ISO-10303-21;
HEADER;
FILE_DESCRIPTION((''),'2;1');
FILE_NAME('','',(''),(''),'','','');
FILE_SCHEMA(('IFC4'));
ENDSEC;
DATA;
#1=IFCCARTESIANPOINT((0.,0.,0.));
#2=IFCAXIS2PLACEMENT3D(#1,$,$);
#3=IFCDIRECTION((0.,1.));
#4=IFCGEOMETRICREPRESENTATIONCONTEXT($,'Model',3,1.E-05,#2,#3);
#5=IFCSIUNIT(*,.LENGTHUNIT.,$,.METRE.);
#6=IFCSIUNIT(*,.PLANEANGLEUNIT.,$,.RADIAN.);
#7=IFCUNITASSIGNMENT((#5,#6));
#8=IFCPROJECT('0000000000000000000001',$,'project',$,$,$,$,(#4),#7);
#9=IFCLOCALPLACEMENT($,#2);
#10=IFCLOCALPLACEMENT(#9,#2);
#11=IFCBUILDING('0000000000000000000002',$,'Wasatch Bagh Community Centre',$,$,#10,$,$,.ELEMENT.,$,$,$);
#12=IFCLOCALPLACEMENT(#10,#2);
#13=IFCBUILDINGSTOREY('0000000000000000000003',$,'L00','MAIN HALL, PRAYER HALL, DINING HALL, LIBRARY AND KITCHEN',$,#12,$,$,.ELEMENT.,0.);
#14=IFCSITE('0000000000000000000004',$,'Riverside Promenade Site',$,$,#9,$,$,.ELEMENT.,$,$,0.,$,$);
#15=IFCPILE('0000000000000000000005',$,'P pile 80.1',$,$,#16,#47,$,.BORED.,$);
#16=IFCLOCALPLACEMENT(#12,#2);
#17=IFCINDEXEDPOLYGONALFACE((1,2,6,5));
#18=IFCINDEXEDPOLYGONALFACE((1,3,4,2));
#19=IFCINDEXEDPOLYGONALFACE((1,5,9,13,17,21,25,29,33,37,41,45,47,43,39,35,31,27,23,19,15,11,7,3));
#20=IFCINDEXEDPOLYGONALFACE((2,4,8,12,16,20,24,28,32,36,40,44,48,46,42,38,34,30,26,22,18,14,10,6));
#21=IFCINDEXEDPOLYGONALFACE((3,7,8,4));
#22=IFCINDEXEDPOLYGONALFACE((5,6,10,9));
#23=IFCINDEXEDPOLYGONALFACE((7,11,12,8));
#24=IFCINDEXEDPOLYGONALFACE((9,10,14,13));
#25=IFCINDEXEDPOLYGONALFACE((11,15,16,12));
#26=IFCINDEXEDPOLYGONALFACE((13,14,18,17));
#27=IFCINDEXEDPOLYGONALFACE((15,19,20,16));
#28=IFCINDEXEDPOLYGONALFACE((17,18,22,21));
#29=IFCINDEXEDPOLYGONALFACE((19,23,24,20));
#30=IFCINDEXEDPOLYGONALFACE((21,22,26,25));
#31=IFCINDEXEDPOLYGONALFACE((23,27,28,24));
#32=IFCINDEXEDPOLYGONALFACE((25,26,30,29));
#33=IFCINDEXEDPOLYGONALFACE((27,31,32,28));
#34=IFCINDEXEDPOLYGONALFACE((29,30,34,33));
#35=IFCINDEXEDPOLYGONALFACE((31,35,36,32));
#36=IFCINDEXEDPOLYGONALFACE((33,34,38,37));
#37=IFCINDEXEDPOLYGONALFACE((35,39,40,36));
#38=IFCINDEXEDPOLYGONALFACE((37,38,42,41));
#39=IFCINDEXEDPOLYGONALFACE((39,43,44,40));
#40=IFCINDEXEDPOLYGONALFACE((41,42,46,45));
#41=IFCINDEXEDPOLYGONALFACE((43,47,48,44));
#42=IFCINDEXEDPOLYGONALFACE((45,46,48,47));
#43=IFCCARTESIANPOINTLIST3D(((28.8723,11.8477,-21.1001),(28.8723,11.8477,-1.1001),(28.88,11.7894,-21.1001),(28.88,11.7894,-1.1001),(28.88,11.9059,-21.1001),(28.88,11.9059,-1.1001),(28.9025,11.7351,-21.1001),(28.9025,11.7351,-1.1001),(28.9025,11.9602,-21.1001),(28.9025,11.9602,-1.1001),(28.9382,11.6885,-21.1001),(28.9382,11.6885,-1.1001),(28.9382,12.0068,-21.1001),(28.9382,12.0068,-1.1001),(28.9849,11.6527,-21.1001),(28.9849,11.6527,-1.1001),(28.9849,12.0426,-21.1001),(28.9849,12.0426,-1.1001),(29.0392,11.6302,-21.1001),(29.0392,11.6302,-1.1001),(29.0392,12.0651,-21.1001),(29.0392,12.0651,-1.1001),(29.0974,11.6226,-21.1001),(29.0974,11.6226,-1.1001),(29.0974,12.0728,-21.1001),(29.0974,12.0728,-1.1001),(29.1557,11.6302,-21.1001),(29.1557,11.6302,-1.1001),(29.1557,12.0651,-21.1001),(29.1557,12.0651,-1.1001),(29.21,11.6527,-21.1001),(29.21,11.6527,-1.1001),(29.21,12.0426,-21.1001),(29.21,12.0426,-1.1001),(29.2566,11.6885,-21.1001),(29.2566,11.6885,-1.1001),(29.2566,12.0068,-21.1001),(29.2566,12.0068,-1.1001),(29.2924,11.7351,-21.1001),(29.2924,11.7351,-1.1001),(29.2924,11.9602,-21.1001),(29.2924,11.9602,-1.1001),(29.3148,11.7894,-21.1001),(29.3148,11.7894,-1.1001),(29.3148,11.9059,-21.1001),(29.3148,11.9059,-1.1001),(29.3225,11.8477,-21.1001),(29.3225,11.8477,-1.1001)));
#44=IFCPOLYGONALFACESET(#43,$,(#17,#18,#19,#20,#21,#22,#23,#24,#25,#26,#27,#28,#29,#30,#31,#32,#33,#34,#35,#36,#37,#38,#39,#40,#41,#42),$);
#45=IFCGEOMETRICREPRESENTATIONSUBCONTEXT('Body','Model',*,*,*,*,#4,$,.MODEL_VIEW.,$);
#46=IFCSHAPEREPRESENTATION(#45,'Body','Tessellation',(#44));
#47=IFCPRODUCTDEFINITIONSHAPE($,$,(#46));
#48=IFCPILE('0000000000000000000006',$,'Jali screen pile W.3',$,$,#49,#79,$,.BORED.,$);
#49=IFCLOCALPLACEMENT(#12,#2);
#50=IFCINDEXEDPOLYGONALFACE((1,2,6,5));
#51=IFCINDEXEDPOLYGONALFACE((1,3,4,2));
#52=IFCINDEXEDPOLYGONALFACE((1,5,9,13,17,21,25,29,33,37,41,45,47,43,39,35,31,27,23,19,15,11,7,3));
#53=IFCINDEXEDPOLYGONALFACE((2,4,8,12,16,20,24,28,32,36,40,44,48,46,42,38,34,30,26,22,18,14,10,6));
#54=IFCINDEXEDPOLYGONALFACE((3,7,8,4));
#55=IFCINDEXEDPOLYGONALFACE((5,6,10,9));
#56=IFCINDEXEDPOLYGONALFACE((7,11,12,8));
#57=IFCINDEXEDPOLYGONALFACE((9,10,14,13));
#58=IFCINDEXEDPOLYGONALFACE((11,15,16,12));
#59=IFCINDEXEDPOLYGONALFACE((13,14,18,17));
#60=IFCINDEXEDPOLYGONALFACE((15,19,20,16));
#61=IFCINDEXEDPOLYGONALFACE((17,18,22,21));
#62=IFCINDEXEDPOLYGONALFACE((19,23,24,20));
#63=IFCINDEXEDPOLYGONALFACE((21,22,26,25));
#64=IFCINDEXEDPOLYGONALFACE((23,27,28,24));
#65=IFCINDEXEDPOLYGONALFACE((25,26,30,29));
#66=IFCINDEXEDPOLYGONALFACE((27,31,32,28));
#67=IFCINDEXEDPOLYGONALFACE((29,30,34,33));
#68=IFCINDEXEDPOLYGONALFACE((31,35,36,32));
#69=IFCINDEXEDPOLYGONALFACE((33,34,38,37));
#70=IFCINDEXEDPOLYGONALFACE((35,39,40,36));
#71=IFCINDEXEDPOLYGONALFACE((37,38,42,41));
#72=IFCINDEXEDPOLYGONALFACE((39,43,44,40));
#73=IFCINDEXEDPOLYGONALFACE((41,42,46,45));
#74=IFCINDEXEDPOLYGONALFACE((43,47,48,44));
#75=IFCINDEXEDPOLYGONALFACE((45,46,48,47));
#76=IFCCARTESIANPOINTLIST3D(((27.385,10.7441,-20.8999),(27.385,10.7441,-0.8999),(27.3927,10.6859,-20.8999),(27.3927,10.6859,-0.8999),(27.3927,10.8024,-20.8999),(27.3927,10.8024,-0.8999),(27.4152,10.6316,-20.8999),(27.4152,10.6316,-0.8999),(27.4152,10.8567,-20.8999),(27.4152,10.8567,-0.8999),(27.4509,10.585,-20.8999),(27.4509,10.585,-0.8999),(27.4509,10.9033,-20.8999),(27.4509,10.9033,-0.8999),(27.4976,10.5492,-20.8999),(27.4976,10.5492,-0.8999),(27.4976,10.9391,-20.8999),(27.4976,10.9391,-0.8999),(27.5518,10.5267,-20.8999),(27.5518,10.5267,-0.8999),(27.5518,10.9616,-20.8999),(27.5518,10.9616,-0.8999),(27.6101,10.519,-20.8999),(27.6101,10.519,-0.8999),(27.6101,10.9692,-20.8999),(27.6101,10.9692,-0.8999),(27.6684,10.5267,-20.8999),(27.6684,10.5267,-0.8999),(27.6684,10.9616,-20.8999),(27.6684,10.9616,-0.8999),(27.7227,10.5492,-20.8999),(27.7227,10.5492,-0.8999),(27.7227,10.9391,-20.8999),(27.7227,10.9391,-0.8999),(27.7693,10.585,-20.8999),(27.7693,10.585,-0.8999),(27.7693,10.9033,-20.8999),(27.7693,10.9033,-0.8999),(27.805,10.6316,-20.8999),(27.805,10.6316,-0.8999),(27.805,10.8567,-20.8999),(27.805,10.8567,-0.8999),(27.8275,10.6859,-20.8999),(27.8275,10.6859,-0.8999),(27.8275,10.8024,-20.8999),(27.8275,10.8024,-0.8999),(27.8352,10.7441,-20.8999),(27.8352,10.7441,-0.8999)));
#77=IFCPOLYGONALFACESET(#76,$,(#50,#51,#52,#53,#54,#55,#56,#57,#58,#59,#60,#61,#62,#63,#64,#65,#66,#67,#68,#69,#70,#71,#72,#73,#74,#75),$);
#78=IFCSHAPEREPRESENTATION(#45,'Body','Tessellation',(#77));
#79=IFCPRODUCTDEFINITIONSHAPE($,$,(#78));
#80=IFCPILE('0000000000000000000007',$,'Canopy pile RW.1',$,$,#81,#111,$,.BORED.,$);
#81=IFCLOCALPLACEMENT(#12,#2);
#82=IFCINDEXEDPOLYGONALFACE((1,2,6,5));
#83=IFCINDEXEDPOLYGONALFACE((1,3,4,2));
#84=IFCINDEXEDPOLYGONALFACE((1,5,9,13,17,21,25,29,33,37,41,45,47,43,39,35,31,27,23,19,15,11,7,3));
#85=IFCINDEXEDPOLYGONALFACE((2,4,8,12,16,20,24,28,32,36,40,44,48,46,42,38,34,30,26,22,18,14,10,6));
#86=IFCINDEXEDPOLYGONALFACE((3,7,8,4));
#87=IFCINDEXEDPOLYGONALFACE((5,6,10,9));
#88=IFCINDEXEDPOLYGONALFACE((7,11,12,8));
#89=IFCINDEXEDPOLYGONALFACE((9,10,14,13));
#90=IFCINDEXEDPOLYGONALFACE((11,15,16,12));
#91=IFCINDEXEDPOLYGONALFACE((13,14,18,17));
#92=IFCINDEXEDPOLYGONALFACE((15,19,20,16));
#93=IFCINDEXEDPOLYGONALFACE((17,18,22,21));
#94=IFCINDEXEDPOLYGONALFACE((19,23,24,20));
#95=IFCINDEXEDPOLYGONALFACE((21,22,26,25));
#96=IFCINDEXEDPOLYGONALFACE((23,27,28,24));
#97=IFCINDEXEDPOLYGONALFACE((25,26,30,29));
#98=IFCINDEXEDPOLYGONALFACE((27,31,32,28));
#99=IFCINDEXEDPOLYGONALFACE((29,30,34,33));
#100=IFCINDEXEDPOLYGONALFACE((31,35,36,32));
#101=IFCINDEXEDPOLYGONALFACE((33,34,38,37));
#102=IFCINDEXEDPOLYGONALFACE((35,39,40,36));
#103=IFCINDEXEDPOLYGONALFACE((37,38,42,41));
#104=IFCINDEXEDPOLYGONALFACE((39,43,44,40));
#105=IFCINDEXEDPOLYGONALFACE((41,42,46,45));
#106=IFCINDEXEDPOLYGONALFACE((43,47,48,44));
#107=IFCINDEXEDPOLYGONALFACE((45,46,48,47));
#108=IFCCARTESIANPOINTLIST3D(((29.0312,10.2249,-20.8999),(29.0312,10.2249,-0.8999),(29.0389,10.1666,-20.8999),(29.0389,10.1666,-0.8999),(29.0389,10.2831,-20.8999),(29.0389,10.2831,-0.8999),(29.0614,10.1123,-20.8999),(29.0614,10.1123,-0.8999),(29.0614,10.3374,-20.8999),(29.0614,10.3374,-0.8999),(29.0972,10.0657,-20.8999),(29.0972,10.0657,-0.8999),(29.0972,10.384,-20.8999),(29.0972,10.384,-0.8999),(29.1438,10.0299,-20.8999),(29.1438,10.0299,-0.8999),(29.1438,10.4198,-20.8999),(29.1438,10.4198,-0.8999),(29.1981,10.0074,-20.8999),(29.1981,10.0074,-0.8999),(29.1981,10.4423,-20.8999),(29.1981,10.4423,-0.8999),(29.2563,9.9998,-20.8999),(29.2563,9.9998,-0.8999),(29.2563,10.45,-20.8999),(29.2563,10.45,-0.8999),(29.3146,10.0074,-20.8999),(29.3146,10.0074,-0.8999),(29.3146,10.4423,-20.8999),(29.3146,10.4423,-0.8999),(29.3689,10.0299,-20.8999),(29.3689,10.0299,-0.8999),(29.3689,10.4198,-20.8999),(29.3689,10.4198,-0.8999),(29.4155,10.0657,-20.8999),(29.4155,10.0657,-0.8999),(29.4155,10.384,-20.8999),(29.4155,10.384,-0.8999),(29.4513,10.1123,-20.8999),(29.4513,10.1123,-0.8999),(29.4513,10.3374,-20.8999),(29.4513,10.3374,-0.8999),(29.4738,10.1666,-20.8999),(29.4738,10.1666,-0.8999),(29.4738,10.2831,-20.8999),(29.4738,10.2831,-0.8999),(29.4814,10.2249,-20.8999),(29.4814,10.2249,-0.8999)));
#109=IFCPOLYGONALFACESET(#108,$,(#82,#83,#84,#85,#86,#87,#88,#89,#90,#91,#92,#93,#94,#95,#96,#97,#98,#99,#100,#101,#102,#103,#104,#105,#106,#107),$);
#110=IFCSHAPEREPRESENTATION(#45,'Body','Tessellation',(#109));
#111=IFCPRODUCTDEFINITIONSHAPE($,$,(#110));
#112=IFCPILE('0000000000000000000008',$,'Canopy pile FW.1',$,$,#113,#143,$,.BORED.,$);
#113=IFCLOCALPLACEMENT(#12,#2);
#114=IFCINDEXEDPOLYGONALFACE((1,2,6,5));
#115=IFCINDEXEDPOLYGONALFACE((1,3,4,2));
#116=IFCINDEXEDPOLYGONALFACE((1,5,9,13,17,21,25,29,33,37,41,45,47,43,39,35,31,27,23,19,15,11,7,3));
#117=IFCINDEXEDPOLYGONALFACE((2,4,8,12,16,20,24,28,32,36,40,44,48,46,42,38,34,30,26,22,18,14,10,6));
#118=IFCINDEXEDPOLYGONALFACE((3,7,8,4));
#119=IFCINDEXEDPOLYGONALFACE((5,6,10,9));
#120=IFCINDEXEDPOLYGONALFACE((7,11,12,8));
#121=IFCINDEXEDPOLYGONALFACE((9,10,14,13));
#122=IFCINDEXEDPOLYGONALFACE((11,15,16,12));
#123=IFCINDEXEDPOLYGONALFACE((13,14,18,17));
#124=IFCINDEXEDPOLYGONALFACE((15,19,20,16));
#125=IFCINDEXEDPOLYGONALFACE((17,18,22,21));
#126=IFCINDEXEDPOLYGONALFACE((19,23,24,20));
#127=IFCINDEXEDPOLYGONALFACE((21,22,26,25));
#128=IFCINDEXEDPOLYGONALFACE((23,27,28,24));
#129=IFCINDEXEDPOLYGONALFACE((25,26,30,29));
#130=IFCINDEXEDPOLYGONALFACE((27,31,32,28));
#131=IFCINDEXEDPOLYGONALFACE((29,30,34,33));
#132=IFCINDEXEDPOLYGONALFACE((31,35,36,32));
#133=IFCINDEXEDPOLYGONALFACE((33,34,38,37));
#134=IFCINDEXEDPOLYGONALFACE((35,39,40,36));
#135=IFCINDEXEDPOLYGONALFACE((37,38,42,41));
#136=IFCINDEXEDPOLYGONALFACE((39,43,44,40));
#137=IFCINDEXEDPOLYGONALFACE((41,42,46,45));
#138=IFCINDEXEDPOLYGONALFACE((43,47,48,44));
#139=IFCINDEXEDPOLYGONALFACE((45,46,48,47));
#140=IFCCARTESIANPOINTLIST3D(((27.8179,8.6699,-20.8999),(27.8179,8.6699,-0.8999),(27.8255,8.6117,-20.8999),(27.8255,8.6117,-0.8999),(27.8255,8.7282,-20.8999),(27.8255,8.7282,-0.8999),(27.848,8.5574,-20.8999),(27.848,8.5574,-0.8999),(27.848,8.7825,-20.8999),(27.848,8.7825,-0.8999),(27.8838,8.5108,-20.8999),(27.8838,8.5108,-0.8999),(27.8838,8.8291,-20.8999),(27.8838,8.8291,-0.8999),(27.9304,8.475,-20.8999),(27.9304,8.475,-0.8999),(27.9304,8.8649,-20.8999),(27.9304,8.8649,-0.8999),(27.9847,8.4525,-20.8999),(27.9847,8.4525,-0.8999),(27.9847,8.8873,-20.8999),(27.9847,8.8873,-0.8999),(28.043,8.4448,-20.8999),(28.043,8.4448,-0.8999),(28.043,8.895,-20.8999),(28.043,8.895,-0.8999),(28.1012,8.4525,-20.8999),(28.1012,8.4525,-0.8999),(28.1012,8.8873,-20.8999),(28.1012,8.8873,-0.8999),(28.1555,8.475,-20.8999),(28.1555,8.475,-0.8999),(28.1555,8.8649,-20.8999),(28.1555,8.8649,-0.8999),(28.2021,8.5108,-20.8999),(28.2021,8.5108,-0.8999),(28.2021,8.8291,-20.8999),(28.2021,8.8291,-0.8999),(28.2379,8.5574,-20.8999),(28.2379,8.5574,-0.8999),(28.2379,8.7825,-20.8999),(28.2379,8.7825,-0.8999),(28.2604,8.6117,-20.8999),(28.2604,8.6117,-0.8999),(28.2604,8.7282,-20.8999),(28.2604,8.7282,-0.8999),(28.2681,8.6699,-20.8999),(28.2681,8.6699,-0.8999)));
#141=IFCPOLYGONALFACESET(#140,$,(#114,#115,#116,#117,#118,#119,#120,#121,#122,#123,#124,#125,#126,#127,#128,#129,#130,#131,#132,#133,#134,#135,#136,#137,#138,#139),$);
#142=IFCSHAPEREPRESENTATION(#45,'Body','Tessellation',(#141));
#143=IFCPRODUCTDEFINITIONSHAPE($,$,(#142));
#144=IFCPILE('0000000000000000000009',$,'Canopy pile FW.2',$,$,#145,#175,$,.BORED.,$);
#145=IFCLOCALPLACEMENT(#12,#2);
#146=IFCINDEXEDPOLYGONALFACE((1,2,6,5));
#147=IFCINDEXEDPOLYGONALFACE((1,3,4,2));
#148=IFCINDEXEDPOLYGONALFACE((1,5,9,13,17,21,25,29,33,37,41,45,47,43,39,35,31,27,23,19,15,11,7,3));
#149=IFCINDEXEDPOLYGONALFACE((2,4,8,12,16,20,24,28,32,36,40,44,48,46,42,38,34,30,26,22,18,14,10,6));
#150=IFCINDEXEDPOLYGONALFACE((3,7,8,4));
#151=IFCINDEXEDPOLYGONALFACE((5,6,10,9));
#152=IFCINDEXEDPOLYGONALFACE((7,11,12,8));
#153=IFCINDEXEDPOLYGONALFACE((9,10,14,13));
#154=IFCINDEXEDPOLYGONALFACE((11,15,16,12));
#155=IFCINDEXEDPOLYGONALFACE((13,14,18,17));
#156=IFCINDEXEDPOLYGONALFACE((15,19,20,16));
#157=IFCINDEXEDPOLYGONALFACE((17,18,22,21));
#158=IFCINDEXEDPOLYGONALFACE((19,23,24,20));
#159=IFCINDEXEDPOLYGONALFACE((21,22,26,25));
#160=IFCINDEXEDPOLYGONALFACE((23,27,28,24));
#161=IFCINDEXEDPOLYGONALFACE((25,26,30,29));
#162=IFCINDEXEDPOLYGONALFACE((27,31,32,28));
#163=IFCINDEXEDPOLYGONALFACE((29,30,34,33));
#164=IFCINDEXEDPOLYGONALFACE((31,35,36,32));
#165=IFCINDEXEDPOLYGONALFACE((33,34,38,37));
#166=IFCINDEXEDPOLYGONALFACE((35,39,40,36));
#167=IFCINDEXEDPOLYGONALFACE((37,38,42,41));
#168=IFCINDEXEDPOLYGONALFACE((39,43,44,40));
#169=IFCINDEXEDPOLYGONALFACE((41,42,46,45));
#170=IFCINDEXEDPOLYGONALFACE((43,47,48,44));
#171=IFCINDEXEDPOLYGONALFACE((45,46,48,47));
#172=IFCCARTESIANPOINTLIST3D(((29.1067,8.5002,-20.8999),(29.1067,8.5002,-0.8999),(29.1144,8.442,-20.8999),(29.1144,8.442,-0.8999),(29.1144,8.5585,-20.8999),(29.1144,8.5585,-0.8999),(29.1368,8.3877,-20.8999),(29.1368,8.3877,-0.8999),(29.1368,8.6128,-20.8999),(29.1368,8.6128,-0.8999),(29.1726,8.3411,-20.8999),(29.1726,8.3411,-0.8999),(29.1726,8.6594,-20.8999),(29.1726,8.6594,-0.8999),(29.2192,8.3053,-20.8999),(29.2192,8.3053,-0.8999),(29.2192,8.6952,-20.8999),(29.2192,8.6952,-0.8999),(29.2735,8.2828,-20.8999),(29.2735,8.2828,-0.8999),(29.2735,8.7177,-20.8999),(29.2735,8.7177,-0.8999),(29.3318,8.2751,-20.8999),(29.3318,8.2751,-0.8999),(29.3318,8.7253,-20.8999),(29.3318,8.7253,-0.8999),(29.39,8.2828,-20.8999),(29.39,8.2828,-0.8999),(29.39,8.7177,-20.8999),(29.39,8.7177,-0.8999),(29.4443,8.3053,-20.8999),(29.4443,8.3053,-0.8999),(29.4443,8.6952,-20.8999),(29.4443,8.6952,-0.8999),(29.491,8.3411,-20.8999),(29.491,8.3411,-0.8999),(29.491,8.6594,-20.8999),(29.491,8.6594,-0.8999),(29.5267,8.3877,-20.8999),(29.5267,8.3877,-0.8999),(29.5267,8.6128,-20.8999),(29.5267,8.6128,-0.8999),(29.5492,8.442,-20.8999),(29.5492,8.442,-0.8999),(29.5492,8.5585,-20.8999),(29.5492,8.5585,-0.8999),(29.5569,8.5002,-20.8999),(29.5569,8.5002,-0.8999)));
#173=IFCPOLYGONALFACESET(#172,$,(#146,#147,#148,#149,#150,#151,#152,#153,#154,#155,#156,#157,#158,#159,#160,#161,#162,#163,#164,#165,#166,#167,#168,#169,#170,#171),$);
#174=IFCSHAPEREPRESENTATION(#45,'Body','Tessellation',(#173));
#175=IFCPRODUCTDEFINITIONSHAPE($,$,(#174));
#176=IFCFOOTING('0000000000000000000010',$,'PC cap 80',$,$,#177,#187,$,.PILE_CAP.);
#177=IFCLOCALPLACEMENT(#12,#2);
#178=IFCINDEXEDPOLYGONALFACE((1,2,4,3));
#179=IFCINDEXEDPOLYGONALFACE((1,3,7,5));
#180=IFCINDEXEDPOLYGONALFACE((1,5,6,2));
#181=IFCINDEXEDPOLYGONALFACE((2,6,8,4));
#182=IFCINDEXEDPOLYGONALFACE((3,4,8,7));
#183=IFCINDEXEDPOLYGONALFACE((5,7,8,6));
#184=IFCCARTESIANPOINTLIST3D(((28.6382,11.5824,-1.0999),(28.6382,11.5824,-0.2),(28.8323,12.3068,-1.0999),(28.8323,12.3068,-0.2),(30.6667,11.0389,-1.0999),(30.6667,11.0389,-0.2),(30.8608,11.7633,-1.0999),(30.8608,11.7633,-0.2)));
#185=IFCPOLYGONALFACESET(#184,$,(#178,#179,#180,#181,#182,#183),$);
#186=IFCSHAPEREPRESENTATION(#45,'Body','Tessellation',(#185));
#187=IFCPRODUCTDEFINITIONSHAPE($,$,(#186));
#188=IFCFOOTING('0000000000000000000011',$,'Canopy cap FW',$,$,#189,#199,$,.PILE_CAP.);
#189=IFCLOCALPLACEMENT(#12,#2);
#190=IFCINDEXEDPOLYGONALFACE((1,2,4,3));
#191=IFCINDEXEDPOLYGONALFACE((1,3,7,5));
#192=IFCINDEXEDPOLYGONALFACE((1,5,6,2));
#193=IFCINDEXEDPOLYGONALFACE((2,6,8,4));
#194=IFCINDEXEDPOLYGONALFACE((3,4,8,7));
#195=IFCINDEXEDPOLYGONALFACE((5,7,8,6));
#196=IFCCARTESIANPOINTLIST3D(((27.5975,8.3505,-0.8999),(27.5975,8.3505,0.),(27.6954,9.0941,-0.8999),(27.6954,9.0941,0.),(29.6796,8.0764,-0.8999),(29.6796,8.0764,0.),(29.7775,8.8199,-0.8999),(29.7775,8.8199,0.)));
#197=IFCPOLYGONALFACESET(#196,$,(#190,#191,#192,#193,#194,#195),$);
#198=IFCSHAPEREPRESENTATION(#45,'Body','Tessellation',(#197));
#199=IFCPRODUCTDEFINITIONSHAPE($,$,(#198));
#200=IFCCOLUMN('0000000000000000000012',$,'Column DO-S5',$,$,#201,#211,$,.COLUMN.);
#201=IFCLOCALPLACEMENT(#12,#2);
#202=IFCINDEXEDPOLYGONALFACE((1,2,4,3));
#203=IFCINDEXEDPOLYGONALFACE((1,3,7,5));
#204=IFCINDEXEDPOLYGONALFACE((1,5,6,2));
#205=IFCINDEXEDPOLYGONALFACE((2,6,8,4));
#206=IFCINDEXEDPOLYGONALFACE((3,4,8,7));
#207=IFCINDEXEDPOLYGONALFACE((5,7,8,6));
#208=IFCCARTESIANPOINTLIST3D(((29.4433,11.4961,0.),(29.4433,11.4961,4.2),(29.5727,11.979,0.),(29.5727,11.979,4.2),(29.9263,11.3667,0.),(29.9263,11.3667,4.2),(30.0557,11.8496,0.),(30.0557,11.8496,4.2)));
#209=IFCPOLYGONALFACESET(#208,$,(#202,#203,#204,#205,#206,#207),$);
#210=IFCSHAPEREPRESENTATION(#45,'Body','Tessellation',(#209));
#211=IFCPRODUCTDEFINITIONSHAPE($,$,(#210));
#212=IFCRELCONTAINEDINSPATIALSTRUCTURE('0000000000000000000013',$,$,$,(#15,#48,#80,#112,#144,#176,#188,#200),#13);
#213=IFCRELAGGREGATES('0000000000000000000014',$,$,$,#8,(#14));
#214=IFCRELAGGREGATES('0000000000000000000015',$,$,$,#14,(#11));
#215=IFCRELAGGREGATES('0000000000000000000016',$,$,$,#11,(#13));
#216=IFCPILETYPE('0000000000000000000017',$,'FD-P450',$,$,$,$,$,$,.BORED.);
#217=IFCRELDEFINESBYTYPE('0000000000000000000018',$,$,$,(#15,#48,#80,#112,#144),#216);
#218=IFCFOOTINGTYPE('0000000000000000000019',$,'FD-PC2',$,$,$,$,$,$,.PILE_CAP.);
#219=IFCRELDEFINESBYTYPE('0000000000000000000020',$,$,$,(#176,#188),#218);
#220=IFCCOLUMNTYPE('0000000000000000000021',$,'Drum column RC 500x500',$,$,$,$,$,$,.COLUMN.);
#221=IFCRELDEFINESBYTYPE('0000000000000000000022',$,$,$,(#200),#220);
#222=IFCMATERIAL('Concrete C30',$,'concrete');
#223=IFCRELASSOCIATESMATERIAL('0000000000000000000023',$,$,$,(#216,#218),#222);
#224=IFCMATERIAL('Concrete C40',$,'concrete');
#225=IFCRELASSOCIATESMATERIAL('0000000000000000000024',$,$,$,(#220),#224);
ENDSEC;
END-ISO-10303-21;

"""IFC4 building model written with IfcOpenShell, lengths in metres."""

from ifc_helpers import new_model, si_unit, direction, frame, origin, origin_2d, place, context, subcontext, project, spatial, rectangle, circle, extrude, material, material_profile, profile_set, type_object, element, save


model = new_model("IFC4")

# Units and contexts
model_context = context("Model", 3, precision=1e-05, world=origin(), true_north=direction((0.0, 1.0)))
body_context = subcontext(model_context, "Body", "Model", "MODEL_VIEW")
ifc_project = project(units=[si_unit("LENGTHUNIT", "METRE"), si_unit("PLANEANGLEUNIT", "RADIAN")], contexts=[model_context])

# Site, building, storey
site_placement = place(None, origin())
site = spatial("IfcSite", under=ifc_project, at=site_placement, Name="Riverside Promenade Site", CompositionType="ELEMENT", RefElevation=0.0)
building_placement = place(site_placement, origin())
building = spatial("IfcBuilding", under=site, at=building_placement, Name="Wasatch Bagh Community Centre", CompositionType="ELEMENT")
storey_placement = place(building_placement, origin())
storey = spatial("IfcBuildingStorey", under=building, at=storey_placement, Name="L00", Description="MAIN HALL, PRAYER HALL, DINING HALL, LIBRARY AND KITCHEN", CompositionType="ELEMENT", Elevation=0.0)

# Piles
ifc_material_1 = material(Name="Concrete C30", Category="concrete")
ifc_material_profile_1 = material_profile(ifc_material_1, circle(Radius=0.2251, at=origin_2d()), Name="RC D450")
ifc_profile_set_1 = profile_set([ifc_material_profile_1], Name="Concrete C30")
pile_type = type_object("IfcPileType", Name="FD-P450", PredefinedType="BORED", material=ifc_profile_set_1)
for number, where, z_axis, x_axis, name in (
    (1, (29.0974, 11.8477, -1.1001), (0.0, 0.0, -1.0), (1.0, 0.0, 0.0), "P pile 80.1"),
    (2, (27.6101, 10.7441, -0.8999), (0.0, 0.0, -1.0), (1.0, 0.0, 0.0), "Jali screen pile W.3"),
    (3, (29.2563, 10.2249, -0.8999), (0.0, 0.0, -1.0), (1.0, 0.0, 0.0), "Canopy pile RW.1"),
    (4, (28.043, 8.6699, -0.8999), (0.0, 0.0, -1.0), (1.0, 0.0, 0.0), "Canopy pile FW.1"),
    (5, (29.3318, 8.5002, -0.8999), (0.0, 0.0, -1.0), (1.0, 0.0, 0.0), "Canopy pile FW.2"),
):
    element("IfcPile", number, at=place(storey_placement, frame(where, z_axis=z_axis, x_axis=x_axis)), inside=storey, type_object=pile_type, Name=name, PredefinedType="BORED", context=body_context, shape_type="SweptSolid", body=[
        extrude(circle(Radius=0.2251, at=origin_2d()), origin(), (0.0, 0.0, 1.0), 20.0),
    ])

# Footings
footing_type = type_object("IfcFootingType", Name="FD-PC2", PredefinedType="PILE_CAP", material=ifc_material_1)
for number, where, z_axis, x_axis, name in (
    (6, (29.7495, 11.6729, -1.0999), (0.0, 0.0, 1.0), (0.965926, -0.258819, 0.0), "PC cap 80"),
    (7, (28.6875, 8.5852, -0.8999), (0.0, 0.0, 1.0), (0.991445, -0.130526, 0.0), "Canopy cap FW"),
):
    element("IfcFooting", number, at=place(storey_placement, frame(where, z_axis=z_axis, x_axis=x_axis)), inside=storey, type_object=footing_type, Name=name, PredefinedType="PILE_CAP", context=body_context, shape_type="SweptSolid", body=[
        extrude(rectangle(XDim=2.1001, YDim=0.75, at=origin_2d()), origin(), (0.0, 0.0, 1.0), 0.8999),
    ])

# Column
ifc_material_2 = material(Name="Concrete C40", Category="concrete")
ifc_material_profile_2 = material_profile(ifc_material_2, rectangle(XDim=0.5, YDim=0.5, at=origin_2d()), Name="RC 500x500")
ifc_profile_set_2 = profile_set([ifc_material_profile_2], Name="Concrete C40")
column_type_1 = type_object("IfcColumnType", Name="Drum column RC 500x500", PredefinedType="COLUMN", material=ifc_profile_set_2)
column_placement = place(storey_placement, frame((29.7495, 11.6729, 0.0), z_axis=(0.0, 0.0, 1.0), x_axis=(0.258819, 0.965926, 0.0)))
element("IfcColumn", 8, at=column_placement, inside=storey, type_object=column_type_1, Name="Column DO-S5", PredefinedType="COLUMN", context=body_context, shape_type="SweptSolid", body=[
    extrude(rectangle(XDim=0.5, YDim=0.5, at=origin_2d()), origin(), (0.0, 0.0, 1.0), 4.2),
])

save(model, "model.ifc")
